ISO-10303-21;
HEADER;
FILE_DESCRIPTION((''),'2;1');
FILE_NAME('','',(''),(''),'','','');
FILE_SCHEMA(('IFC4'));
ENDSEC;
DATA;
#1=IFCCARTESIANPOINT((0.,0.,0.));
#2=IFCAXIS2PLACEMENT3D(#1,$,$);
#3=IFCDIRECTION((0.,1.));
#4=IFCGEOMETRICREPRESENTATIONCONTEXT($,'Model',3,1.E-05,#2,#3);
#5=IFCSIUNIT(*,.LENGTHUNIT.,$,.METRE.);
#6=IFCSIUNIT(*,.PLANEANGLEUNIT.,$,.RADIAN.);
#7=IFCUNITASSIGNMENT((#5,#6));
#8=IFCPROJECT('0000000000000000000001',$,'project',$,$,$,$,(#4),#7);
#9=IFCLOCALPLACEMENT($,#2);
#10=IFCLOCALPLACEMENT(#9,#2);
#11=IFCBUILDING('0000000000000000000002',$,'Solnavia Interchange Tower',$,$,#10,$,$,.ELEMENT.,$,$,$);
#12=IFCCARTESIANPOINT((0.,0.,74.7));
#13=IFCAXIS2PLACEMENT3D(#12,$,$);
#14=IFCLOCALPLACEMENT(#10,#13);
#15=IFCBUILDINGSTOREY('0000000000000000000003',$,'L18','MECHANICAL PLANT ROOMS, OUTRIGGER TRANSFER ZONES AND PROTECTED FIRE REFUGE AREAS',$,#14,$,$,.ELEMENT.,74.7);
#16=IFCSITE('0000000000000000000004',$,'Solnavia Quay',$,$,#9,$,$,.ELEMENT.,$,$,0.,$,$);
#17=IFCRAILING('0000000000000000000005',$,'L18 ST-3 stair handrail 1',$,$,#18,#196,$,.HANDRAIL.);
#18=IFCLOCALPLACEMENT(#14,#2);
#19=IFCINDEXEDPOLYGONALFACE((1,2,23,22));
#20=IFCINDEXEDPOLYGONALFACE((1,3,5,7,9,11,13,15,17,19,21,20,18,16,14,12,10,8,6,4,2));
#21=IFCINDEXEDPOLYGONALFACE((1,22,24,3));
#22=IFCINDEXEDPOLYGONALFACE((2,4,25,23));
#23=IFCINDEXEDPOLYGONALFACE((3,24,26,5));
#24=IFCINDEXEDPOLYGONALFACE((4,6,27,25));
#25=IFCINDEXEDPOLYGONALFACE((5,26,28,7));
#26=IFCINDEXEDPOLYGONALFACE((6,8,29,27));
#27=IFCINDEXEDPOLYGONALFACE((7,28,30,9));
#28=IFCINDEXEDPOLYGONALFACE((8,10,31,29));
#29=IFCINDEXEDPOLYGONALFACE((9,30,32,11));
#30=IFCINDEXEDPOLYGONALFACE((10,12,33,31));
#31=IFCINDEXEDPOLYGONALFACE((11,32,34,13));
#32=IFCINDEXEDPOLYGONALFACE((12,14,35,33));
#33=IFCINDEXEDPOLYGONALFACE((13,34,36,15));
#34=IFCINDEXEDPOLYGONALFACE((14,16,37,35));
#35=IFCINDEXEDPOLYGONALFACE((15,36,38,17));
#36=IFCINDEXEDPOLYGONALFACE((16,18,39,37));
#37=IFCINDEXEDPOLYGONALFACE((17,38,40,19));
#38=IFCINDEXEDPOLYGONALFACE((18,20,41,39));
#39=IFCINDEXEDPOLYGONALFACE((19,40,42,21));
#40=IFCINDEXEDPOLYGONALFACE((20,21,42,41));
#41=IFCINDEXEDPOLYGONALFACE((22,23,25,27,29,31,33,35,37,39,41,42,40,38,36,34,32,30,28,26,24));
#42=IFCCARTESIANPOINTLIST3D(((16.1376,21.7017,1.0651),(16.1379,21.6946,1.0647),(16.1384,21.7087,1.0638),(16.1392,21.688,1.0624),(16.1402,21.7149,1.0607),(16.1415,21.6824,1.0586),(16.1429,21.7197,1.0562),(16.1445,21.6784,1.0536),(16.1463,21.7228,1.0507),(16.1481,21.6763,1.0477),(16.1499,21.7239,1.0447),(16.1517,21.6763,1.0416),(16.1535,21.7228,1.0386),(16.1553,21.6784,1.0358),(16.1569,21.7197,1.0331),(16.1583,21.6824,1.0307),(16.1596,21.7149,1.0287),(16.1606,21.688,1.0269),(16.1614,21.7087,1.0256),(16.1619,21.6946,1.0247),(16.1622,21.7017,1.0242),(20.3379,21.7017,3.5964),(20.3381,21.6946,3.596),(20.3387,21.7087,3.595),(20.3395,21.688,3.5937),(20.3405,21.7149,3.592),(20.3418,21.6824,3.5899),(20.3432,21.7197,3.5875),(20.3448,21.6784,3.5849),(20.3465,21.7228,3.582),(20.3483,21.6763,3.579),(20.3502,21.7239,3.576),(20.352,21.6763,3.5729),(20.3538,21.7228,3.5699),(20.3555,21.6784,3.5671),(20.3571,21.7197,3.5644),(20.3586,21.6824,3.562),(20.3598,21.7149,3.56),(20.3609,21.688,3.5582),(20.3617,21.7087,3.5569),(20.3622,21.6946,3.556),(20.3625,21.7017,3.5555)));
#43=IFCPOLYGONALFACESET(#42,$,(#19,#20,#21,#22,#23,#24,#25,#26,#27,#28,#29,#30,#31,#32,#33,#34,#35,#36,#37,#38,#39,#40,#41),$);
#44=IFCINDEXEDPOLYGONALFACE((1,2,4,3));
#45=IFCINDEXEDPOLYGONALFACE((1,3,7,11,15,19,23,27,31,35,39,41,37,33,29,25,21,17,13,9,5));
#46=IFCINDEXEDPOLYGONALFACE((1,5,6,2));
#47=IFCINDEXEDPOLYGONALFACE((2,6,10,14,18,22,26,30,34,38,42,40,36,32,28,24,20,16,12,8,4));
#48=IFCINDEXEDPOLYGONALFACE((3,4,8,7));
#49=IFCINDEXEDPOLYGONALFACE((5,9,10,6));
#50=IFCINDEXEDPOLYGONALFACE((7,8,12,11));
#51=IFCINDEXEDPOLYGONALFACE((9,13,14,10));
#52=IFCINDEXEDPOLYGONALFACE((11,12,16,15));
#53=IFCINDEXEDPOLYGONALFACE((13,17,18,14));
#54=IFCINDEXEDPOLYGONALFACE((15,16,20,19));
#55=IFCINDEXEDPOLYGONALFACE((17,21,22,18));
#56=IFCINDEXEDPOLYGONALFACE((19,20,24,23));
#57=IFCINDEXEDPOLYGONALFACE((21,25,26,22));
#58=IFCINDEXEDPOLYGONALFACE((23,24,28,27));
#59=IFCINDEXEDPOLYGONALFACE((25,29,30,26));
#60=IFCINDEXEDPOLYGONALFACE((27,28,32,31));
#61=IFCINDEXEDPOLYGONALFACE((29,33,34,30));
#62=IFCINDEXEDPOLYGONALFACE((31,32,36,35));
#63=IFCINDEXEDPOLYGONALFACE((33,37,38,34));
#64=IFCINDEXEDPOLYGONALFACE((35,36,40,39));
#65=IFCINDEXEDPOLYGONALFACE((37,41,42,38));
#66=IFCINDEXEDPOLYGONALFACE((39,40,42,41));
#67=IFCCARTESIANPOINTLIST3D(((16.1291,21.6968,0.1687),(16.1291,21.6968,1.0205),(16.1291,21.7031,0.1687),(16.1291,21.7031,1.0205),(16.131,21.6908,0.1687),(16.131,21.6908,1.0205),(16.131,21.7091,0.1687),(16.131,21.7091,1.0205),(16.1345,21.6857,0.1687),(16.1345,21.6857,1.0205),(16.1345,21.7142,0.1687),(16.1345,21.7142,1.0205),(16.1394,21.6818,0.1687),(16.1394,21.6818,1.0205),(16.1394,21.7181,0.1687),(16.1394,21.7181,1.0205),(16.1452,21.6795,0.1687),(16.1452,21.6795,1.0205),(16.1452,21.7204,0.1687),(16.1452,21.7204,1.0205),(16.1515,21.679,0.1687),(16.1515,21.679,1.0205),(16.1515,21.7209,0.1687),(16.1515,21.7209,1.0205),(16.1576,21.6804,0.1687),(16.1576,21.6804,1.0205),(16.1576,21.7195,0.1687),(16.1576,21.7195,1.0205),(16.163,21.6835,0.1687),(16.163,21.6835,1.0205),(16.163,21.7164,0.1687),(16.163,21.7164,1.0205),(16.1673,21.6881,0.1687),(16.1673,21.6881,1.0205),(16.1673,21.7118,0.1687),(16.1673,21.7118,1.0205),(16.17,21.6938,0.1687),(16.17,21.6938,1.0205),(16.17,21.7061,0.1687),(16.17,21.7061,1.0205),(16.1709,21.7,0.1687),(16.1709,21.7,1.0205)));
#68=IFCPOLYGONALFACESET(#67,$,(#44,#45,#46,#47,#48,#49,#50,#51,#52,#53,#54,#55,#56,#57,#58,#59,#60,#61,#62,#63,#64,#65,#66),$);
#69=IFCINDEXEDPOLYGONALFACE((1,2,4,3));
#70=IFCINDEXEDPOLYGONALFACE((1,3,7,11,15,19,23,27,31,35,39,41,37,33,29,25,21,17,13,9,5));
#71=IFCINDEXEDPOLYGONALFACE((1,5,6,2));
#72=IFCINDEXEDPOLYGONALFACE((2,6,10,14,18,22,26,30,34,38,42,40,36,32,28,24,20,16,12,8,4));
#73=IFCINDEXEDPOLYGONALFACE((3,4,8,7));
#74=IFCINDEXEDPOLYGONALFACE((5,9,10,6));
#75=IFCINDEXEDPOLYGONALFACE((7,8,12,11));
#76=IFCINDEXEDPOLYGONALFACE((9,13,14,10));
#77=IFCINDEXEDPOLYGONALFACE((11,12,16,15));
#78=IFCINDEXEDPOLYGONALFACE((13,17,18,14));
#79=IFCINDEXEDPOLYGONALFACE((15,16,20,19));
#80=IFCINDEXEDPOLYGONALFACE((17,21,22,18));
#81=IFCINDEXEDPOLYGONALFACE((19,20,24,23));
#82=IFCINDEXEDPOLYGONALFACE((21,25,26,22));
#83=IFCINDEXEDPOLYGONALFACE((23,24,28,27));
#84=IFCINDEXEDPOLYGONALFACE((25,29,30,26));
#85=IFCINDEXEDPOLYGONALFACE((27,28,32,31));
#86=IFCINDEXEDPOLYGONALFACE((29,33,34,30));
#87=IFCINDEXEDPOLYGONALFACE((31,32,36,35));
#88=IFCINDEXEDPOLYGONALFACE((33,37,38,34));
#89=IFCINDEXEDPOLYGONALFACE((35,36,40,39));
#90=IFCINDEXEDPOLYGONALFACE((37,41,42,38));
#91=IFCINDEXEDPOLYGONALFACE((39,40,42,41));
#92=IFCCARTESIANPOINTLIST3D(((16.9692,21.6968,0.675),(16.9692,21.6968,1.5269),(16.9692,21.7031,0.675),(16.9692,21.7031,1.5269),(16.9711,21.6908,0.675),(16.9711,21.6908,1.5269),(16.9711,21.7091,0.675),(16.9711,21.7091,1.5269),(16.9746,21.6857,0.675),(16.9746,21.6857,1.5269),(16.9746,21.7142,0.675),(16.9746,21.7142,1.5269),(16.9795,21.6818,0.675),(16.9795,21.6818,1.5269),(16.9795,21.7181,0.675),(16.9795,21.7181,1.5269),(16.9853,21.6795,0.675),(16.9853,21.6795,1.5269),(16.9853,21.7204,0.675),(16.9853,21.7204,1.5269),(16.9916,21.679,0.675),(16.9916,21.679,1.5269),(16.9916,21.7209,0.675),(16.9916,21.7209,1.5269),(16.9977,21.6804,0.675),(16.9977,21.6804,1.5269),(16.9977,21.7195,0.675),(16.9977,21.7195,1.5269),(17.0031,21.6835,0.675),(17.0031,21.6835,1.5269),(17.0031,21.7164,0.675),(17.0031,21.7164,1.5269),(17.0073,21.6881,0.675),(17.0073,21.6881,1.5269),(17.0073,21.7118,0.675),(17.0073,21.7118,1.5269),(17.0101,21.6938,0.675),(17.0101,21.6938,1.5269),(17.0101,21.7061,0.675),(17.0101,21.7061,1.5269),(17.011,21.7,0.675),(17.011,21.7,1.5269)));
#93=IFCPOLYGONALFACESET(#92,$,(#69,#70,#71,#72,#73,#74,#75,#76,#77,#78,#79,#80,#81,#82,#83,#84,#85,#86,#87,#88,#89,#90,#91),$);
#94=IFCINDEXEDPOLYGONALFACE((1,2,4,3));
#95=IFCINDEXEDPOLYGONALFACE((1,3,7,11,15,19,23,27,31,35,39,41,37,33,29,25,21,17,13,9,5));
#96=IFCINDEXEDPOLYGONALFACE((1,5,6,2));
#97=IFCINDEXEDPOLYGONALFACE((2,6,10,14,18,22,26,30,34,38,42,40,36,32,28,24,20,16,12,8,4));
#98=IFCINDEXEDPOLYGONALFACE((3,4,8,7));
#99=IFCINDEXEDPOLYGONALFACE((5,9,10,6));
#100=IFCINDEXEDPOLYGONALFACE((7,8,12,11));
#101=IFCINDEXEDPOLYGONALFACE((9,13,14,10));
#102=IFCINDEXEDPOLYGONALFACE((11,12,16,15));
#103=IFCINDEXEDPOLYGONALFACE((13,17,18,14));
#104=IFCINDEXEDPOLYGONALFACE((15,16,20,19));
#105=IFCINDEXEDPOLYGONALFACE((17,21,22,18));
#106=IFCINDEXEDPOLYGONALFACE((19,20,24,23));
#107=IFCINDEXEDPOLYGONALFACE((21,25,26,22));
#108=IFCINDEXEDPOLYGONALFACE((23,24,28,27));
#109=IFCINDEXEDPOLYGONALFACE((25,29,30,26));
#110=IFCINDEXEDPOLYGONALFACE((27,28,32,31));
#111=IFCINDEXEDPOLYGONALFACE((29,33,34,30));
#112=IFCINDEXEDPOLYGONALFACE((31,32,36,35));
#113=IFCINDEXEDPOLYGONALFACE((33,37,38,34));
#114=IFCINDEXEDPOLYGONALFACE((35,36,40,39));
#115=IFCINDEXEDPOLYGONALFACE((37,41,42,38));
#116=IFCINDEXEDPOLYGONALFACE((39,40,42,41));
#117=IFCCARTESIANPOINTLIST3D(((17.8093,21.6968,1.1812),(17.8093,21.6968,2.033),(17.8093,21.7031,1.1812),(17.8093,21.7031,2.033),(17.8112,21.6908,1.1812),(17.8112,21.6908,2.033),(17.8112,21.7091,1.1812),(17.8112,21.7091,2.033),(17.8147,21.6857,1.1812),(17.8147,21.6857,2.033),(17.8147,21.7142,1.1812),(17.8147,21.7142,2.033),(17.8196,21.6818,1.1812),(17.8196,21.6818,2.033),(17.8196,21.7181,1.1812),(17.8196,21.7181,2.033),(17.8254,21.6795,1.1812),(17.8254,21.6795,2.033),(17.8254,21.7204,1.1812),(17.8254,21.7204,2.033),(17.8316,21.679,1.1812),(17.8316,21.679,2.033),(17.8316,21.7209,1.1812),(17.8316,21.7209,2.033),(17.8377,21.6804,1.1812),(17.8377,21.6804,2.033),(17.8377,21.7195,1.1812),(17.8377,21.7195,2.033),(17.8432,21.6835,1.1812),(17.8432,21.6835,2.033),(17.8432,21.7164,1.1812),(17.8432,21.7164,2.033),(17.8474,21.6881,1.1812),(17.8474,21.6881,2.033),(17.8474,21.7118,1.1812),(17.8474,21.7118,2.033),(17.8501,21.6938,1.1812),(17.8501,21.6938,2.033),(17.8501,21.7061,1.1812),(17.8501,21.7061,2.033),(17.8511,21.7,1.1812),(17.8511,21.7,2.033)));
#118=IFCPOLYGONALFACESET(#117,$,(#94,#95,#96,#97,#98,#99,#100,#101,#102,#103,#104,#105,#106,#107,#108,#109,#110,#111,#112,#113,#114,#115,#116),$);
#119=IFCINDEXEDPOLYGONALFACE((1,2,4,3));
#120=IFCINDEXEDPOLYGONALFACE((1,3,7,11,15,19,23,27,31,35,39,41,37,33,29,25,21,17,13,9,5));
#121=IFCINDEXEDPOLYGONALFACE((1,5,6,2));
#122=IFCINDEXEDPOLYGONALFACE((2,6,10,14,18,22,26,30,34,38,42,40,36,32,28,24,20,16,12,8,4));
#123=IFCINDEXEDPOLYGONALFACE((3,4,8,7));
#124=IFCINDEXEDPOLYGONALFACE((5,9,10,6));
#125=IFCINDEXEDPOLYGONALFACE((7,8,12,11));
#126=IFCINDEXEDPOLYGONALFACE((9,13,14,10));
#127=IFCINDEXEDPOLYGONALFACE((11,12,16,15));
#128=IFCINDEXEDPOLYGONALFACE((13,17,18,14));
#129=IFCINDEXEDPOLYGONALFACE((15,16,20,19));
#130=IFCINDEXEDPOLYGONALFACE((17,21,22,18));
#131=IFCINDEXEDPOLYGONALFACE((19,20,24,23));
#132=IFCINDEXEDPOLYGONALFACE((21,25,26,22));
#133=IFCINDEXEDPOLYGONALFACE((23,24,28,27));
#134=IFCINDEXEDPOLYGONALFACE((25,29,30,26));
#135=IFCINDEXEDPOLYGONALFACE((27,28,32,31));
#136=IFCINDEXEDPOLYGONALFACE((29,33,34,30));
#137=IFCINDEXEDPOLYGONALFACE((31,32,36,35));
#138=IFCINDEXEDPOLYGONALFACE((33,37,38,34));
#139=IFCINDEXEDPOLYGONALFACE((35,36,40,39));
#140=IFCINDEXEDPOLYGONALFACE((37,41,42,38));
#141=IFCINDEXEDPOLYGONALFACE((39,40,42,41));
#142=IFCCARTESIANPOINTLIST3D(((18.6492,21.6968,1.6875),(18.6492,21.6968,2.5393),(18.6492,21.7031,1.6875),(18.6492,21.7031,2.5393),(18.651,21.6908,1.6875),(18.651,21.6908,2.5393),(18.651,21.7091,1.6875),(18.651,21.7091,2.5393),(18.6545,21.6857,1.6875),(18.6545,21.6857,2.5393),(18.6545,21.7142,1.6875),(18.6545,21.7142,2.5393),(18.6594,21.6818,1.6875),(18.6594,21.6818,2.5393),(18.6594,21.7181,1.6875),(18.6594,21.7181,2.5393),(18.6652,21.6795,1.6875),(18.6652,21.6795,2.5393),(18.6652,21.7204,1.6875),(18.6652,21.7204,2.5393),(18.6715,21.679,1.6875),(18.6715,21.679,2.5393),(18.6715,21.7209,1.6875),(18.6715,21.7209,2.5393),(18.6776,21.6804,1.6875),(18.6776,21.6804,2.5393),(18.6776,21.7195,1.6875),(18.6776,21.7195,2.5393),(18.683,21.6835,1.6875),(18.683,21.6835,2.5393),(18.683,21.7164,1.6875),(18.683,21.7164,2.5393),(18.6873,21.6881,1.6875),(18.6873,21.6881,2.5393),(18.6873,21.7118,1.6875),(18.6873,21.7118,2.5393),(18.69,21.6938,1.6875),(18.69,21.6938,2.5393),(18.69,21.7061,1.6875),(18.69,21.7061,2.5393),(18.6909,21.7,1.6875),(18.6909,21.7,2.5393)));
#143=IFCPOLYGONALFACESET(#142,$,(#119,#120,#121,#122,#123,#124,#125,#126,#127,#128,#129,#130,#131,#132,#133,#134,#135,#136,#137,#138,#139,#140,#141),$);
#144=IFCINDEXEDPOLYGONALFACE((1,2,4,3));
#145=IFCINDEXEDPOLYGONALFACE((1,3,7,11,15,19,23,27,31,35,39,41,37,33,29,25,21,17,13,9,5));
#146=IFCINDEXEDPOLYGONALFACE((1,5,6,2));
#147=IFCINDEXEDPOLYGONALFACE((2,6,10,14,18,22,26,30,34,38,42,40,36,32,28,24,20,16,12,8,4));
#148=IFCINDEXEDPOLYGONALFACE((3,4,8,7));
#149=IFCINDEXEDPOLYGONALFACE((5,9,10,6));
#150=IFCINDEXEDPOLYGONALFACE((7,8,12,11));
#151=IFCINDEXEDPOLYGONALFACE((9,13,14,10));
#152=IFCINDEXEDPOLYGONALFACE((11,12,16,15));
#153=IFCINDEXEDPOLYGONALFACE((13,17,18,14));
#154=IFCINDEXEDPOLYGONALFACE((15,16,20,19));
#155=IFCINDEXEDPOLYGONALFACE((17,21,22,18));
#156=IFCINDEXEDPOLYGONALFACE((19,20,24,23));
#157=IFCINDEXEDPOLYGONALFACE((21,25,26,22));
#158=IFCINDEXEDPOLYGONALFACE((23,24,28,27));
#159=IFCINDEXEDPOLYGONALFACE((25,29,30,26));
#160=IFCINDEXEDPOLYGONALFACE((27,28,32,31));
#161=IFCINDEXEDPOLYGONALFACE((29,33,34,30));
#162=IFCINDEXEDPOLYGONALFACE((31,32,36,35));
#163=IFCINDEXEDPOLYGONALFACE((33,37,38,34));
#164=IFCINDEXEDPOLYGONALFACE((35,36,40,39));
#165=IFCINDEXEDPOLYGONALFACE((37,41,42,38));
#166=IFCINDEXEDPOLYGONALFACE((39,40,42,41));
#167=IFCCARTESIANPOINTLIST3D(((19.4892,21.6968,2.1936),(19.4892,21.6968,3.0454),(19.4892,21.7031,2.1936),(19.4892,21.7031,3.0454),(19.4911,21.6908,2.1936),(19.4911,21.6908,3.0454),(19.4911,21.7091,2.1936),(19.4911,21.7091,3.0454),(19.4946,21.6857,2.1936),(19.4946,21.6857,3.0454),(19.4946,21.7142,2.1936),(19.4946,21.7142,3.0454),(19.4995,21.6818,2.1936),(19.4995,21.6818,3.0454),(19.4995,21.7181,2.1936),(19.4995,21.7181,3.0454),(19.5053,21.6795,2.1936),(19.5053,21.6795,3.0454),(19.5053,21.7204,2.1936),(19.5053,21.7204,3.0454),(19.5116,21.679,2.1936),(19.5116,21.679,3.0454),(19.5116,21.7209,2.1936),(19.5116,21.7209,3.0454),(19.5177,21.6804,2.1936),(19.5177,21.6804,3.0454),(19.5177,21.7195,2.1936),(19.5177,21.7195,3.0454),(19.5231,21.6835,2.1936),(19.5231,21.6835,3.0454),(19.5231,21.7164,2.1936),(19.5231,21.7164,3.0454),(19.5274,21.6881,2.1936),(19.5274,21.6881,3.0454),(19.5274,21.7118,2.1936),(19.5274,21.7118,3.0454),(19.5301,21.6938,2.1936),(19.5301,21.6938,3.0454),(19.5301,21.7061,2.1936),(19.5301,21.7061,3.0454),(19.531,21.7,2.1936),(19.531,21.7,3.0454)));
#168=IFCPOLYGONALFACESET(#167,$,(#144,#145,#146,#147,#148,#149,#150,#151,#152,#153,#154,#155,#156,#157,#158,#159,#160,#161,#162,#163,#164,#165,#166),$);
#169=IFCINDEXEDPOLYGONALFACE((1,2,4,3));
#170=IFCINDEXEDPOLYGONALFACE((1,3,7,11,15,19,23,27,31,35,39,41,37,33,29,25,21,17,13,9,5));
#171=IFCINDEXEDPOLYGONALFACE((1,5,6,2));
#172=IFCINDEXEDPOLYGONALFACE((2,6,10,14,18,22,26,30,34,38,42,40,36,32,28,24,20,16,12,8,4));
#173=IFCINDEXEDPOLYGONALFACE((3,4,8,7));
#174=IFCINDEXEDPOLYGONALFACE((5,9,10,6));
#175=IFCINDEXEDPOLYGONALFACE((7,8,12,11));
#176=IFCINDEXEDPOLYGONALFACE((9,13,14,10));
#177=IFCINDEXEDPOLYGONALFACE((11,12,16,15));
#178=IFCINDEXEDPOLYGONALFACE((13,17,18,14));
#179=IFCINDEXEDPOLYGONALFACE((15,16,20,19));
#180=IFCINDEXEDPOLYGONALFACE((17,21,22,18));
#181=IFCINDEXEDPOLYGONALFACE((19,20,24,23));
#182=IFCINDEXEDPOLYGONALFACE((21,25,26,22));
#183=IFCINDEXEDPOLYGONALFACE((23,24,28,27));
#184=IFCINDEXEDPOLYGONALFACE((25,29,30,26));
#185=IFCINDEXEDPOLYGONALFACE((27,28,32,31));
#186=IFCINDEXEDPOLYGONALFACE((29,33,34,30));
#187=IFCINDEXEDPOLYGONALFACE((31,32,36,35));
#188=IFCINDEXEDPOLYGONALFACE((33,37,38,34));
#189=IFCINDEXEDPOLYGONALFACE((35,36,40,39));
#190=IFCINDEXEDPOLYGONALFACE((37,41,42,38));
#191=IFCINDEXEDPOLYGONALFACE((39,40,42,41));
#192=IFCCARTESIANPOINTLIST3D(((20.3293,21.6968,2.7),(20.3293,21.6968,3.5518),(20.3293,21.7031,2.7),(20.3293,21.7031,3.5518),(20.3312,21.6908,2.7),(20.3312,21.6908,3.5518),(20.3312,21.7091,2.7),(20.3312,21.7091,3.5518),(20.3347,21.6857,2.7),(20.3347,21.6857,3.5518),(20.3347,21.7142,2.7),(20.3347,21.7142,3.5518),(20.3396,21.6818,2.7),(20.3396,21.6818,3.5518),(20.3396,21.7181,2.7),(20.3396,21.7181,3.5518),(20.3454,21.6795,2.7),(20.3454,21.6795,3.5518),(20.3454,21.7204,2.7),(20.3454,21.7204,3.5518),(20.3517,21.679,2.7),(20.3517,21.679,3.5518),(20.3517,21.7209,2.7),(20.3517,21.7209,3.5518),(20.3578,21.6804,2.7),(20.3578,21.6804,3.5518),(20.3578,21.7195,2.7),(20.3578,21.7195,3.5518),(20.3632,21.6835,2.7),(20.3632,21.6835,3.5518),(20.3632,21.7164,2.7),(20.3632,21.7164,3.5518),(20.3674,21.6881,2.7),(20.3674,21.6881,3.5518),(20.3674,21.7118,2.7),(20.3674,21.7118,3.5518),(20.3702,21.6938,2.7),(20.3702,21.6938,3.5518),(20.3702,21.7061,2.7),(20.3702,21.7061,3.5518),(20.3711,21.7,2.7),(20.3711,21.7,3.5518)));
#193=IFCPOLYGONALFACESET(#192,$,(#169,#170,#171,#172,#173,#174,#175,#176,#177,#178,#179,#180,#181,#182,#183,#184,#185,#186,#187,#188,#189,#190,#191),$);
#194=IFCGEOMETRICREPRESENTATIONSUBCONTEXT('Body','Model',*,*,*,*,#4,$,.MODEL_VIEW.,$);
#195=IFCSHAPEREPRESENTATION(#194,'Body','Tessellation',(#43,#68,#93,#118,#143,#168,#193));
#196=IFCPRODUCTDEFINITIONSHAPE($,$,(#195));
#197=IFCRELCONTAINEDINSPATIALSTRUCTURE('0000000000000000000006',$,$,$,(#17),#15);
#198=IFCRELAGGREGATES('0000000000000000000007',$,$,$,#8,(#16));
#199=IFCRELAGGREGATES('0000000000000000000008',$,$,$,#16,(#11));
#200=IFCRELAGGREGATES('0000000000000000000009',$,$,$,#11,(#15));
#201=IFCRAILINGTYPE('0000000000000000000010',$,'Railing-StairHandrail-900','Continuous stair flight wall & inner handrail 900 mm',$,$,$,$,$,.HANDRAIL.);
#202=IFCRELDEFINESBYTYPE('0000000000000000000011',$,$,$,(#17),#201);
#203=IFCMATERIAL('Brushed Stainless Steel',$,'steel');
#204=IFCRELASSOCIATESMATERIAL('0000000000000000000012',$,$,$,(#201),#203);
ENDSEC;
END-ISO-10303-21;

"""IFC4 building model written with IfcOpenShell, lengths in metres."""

from ifc_helpers import new_model, si_unit, direction, frame, origin, origin_2d, place, context, subcontext, project, spatial, circle, extrude, material, type_object, element, save


model = new_model("IFC4")

# Units and contexts
model_context = context("Model", 3, precision=1e-05, world=origin(), true_north=direction((0.0, 1.0)))
body_context = subcontext(model_context, "Body", "Model", "MODEL_VIEW")
ifc_project = project(units=[si_unit("LENGTHUNIT", "METRE"), si_unit("PLANEANGLEUNIT", "RADIAN")], contexts=[model_context])

# Site, building, storey
site_placement = place(None, origin())
site = spatial("IfcSite", under=ifc_project, at=site_placement, Name="Solnavia Quay", CompositionType="ELEMENT", RefElevation=0.0)
building_placement = place(site_placement, origin())
building = spatial("IfcBuilding", under=site, at=building_placement, Name="Solnavia Interchange Tower", CompositionType="ELEMENT")
storey_placement = place(building_placement, frame((0.0, 0.0, 74.7)))
storey = spatial("IfcBuildingStorey", under=building, at=storey_placement, Name="L18", Description="MECHANICAL PLANT ROOMS, OUTRIGGER TRANSFER ZONES AND PROTECTED FIRE REFUGE AREAS", CompositionType="ELEMENT", Elevation=74.7)

# Railing
ifc_material_1 = material(Name="Brushed Stainless Steel", Category="steel")
railing_type_1 = type_object("IfcRailingType", Name="Railing-StairHandrail-900", Description="Continuous stair flight wall & inner handrail 900 mm", PredefinedType="HANDRAIL", material=ifc_material_1)
railing_1_placement = place(storey_placement, frame((16.1499, 21.7, 0.1687)))
element("IfcRailing", 1, at=railing_1_placement, inside=storey, type_object=railing_type_1, Name="L18 ST-3 stair handrail 1", PredefinedType="HANDRAIL", context=body_context, shape_type="SweptSolid", body=[
    extrude(circle(Radius=0.0239, at=origin_2d()), frame((0.0, 0.0, 0.876), z_axis=(0.85649, 0.0, 0.516164), x_axis=(0.0, 1.0, 0.0)), (0.0, 0.0, 1.0), 4.9041),
    extrude(circle(Radius=0.021, at=origin_2d()), origin(), (0.0, 0.0, 1.0), 0.8518),
    extrude(circle(Radius=0.021, at=origin_2d()), frame((0.8401, 0.0, 0.5063)), (0.0, 0.0, 1.0), 0.8518),
    extrude(circle(Radius=0.021, at=origin_2d()), frame((1.6802, 0.0, 1.0125)), (0.0, 0.0, 1.0), 0.8518),
    extrude(circle(Radius=0.021, at=origin_2d()), frame((2.52, 0.0, 1.5188)), (0.0, 0.0, 1.0), 0.8518),
    extrude(circle(Radius=0.021, at=origin_2d()), frame((3.3601, 0.0, 2.0249)), (0.0, 0.0, 1.0), 0.8518),
    extrude(circle(Radius=0.021, at=origin_2d()), frame((4.2002, 0.0, 2.5312)), (0.0, 0.0, 1.0), 0.8518),
])

save(model, "model.ifc")
